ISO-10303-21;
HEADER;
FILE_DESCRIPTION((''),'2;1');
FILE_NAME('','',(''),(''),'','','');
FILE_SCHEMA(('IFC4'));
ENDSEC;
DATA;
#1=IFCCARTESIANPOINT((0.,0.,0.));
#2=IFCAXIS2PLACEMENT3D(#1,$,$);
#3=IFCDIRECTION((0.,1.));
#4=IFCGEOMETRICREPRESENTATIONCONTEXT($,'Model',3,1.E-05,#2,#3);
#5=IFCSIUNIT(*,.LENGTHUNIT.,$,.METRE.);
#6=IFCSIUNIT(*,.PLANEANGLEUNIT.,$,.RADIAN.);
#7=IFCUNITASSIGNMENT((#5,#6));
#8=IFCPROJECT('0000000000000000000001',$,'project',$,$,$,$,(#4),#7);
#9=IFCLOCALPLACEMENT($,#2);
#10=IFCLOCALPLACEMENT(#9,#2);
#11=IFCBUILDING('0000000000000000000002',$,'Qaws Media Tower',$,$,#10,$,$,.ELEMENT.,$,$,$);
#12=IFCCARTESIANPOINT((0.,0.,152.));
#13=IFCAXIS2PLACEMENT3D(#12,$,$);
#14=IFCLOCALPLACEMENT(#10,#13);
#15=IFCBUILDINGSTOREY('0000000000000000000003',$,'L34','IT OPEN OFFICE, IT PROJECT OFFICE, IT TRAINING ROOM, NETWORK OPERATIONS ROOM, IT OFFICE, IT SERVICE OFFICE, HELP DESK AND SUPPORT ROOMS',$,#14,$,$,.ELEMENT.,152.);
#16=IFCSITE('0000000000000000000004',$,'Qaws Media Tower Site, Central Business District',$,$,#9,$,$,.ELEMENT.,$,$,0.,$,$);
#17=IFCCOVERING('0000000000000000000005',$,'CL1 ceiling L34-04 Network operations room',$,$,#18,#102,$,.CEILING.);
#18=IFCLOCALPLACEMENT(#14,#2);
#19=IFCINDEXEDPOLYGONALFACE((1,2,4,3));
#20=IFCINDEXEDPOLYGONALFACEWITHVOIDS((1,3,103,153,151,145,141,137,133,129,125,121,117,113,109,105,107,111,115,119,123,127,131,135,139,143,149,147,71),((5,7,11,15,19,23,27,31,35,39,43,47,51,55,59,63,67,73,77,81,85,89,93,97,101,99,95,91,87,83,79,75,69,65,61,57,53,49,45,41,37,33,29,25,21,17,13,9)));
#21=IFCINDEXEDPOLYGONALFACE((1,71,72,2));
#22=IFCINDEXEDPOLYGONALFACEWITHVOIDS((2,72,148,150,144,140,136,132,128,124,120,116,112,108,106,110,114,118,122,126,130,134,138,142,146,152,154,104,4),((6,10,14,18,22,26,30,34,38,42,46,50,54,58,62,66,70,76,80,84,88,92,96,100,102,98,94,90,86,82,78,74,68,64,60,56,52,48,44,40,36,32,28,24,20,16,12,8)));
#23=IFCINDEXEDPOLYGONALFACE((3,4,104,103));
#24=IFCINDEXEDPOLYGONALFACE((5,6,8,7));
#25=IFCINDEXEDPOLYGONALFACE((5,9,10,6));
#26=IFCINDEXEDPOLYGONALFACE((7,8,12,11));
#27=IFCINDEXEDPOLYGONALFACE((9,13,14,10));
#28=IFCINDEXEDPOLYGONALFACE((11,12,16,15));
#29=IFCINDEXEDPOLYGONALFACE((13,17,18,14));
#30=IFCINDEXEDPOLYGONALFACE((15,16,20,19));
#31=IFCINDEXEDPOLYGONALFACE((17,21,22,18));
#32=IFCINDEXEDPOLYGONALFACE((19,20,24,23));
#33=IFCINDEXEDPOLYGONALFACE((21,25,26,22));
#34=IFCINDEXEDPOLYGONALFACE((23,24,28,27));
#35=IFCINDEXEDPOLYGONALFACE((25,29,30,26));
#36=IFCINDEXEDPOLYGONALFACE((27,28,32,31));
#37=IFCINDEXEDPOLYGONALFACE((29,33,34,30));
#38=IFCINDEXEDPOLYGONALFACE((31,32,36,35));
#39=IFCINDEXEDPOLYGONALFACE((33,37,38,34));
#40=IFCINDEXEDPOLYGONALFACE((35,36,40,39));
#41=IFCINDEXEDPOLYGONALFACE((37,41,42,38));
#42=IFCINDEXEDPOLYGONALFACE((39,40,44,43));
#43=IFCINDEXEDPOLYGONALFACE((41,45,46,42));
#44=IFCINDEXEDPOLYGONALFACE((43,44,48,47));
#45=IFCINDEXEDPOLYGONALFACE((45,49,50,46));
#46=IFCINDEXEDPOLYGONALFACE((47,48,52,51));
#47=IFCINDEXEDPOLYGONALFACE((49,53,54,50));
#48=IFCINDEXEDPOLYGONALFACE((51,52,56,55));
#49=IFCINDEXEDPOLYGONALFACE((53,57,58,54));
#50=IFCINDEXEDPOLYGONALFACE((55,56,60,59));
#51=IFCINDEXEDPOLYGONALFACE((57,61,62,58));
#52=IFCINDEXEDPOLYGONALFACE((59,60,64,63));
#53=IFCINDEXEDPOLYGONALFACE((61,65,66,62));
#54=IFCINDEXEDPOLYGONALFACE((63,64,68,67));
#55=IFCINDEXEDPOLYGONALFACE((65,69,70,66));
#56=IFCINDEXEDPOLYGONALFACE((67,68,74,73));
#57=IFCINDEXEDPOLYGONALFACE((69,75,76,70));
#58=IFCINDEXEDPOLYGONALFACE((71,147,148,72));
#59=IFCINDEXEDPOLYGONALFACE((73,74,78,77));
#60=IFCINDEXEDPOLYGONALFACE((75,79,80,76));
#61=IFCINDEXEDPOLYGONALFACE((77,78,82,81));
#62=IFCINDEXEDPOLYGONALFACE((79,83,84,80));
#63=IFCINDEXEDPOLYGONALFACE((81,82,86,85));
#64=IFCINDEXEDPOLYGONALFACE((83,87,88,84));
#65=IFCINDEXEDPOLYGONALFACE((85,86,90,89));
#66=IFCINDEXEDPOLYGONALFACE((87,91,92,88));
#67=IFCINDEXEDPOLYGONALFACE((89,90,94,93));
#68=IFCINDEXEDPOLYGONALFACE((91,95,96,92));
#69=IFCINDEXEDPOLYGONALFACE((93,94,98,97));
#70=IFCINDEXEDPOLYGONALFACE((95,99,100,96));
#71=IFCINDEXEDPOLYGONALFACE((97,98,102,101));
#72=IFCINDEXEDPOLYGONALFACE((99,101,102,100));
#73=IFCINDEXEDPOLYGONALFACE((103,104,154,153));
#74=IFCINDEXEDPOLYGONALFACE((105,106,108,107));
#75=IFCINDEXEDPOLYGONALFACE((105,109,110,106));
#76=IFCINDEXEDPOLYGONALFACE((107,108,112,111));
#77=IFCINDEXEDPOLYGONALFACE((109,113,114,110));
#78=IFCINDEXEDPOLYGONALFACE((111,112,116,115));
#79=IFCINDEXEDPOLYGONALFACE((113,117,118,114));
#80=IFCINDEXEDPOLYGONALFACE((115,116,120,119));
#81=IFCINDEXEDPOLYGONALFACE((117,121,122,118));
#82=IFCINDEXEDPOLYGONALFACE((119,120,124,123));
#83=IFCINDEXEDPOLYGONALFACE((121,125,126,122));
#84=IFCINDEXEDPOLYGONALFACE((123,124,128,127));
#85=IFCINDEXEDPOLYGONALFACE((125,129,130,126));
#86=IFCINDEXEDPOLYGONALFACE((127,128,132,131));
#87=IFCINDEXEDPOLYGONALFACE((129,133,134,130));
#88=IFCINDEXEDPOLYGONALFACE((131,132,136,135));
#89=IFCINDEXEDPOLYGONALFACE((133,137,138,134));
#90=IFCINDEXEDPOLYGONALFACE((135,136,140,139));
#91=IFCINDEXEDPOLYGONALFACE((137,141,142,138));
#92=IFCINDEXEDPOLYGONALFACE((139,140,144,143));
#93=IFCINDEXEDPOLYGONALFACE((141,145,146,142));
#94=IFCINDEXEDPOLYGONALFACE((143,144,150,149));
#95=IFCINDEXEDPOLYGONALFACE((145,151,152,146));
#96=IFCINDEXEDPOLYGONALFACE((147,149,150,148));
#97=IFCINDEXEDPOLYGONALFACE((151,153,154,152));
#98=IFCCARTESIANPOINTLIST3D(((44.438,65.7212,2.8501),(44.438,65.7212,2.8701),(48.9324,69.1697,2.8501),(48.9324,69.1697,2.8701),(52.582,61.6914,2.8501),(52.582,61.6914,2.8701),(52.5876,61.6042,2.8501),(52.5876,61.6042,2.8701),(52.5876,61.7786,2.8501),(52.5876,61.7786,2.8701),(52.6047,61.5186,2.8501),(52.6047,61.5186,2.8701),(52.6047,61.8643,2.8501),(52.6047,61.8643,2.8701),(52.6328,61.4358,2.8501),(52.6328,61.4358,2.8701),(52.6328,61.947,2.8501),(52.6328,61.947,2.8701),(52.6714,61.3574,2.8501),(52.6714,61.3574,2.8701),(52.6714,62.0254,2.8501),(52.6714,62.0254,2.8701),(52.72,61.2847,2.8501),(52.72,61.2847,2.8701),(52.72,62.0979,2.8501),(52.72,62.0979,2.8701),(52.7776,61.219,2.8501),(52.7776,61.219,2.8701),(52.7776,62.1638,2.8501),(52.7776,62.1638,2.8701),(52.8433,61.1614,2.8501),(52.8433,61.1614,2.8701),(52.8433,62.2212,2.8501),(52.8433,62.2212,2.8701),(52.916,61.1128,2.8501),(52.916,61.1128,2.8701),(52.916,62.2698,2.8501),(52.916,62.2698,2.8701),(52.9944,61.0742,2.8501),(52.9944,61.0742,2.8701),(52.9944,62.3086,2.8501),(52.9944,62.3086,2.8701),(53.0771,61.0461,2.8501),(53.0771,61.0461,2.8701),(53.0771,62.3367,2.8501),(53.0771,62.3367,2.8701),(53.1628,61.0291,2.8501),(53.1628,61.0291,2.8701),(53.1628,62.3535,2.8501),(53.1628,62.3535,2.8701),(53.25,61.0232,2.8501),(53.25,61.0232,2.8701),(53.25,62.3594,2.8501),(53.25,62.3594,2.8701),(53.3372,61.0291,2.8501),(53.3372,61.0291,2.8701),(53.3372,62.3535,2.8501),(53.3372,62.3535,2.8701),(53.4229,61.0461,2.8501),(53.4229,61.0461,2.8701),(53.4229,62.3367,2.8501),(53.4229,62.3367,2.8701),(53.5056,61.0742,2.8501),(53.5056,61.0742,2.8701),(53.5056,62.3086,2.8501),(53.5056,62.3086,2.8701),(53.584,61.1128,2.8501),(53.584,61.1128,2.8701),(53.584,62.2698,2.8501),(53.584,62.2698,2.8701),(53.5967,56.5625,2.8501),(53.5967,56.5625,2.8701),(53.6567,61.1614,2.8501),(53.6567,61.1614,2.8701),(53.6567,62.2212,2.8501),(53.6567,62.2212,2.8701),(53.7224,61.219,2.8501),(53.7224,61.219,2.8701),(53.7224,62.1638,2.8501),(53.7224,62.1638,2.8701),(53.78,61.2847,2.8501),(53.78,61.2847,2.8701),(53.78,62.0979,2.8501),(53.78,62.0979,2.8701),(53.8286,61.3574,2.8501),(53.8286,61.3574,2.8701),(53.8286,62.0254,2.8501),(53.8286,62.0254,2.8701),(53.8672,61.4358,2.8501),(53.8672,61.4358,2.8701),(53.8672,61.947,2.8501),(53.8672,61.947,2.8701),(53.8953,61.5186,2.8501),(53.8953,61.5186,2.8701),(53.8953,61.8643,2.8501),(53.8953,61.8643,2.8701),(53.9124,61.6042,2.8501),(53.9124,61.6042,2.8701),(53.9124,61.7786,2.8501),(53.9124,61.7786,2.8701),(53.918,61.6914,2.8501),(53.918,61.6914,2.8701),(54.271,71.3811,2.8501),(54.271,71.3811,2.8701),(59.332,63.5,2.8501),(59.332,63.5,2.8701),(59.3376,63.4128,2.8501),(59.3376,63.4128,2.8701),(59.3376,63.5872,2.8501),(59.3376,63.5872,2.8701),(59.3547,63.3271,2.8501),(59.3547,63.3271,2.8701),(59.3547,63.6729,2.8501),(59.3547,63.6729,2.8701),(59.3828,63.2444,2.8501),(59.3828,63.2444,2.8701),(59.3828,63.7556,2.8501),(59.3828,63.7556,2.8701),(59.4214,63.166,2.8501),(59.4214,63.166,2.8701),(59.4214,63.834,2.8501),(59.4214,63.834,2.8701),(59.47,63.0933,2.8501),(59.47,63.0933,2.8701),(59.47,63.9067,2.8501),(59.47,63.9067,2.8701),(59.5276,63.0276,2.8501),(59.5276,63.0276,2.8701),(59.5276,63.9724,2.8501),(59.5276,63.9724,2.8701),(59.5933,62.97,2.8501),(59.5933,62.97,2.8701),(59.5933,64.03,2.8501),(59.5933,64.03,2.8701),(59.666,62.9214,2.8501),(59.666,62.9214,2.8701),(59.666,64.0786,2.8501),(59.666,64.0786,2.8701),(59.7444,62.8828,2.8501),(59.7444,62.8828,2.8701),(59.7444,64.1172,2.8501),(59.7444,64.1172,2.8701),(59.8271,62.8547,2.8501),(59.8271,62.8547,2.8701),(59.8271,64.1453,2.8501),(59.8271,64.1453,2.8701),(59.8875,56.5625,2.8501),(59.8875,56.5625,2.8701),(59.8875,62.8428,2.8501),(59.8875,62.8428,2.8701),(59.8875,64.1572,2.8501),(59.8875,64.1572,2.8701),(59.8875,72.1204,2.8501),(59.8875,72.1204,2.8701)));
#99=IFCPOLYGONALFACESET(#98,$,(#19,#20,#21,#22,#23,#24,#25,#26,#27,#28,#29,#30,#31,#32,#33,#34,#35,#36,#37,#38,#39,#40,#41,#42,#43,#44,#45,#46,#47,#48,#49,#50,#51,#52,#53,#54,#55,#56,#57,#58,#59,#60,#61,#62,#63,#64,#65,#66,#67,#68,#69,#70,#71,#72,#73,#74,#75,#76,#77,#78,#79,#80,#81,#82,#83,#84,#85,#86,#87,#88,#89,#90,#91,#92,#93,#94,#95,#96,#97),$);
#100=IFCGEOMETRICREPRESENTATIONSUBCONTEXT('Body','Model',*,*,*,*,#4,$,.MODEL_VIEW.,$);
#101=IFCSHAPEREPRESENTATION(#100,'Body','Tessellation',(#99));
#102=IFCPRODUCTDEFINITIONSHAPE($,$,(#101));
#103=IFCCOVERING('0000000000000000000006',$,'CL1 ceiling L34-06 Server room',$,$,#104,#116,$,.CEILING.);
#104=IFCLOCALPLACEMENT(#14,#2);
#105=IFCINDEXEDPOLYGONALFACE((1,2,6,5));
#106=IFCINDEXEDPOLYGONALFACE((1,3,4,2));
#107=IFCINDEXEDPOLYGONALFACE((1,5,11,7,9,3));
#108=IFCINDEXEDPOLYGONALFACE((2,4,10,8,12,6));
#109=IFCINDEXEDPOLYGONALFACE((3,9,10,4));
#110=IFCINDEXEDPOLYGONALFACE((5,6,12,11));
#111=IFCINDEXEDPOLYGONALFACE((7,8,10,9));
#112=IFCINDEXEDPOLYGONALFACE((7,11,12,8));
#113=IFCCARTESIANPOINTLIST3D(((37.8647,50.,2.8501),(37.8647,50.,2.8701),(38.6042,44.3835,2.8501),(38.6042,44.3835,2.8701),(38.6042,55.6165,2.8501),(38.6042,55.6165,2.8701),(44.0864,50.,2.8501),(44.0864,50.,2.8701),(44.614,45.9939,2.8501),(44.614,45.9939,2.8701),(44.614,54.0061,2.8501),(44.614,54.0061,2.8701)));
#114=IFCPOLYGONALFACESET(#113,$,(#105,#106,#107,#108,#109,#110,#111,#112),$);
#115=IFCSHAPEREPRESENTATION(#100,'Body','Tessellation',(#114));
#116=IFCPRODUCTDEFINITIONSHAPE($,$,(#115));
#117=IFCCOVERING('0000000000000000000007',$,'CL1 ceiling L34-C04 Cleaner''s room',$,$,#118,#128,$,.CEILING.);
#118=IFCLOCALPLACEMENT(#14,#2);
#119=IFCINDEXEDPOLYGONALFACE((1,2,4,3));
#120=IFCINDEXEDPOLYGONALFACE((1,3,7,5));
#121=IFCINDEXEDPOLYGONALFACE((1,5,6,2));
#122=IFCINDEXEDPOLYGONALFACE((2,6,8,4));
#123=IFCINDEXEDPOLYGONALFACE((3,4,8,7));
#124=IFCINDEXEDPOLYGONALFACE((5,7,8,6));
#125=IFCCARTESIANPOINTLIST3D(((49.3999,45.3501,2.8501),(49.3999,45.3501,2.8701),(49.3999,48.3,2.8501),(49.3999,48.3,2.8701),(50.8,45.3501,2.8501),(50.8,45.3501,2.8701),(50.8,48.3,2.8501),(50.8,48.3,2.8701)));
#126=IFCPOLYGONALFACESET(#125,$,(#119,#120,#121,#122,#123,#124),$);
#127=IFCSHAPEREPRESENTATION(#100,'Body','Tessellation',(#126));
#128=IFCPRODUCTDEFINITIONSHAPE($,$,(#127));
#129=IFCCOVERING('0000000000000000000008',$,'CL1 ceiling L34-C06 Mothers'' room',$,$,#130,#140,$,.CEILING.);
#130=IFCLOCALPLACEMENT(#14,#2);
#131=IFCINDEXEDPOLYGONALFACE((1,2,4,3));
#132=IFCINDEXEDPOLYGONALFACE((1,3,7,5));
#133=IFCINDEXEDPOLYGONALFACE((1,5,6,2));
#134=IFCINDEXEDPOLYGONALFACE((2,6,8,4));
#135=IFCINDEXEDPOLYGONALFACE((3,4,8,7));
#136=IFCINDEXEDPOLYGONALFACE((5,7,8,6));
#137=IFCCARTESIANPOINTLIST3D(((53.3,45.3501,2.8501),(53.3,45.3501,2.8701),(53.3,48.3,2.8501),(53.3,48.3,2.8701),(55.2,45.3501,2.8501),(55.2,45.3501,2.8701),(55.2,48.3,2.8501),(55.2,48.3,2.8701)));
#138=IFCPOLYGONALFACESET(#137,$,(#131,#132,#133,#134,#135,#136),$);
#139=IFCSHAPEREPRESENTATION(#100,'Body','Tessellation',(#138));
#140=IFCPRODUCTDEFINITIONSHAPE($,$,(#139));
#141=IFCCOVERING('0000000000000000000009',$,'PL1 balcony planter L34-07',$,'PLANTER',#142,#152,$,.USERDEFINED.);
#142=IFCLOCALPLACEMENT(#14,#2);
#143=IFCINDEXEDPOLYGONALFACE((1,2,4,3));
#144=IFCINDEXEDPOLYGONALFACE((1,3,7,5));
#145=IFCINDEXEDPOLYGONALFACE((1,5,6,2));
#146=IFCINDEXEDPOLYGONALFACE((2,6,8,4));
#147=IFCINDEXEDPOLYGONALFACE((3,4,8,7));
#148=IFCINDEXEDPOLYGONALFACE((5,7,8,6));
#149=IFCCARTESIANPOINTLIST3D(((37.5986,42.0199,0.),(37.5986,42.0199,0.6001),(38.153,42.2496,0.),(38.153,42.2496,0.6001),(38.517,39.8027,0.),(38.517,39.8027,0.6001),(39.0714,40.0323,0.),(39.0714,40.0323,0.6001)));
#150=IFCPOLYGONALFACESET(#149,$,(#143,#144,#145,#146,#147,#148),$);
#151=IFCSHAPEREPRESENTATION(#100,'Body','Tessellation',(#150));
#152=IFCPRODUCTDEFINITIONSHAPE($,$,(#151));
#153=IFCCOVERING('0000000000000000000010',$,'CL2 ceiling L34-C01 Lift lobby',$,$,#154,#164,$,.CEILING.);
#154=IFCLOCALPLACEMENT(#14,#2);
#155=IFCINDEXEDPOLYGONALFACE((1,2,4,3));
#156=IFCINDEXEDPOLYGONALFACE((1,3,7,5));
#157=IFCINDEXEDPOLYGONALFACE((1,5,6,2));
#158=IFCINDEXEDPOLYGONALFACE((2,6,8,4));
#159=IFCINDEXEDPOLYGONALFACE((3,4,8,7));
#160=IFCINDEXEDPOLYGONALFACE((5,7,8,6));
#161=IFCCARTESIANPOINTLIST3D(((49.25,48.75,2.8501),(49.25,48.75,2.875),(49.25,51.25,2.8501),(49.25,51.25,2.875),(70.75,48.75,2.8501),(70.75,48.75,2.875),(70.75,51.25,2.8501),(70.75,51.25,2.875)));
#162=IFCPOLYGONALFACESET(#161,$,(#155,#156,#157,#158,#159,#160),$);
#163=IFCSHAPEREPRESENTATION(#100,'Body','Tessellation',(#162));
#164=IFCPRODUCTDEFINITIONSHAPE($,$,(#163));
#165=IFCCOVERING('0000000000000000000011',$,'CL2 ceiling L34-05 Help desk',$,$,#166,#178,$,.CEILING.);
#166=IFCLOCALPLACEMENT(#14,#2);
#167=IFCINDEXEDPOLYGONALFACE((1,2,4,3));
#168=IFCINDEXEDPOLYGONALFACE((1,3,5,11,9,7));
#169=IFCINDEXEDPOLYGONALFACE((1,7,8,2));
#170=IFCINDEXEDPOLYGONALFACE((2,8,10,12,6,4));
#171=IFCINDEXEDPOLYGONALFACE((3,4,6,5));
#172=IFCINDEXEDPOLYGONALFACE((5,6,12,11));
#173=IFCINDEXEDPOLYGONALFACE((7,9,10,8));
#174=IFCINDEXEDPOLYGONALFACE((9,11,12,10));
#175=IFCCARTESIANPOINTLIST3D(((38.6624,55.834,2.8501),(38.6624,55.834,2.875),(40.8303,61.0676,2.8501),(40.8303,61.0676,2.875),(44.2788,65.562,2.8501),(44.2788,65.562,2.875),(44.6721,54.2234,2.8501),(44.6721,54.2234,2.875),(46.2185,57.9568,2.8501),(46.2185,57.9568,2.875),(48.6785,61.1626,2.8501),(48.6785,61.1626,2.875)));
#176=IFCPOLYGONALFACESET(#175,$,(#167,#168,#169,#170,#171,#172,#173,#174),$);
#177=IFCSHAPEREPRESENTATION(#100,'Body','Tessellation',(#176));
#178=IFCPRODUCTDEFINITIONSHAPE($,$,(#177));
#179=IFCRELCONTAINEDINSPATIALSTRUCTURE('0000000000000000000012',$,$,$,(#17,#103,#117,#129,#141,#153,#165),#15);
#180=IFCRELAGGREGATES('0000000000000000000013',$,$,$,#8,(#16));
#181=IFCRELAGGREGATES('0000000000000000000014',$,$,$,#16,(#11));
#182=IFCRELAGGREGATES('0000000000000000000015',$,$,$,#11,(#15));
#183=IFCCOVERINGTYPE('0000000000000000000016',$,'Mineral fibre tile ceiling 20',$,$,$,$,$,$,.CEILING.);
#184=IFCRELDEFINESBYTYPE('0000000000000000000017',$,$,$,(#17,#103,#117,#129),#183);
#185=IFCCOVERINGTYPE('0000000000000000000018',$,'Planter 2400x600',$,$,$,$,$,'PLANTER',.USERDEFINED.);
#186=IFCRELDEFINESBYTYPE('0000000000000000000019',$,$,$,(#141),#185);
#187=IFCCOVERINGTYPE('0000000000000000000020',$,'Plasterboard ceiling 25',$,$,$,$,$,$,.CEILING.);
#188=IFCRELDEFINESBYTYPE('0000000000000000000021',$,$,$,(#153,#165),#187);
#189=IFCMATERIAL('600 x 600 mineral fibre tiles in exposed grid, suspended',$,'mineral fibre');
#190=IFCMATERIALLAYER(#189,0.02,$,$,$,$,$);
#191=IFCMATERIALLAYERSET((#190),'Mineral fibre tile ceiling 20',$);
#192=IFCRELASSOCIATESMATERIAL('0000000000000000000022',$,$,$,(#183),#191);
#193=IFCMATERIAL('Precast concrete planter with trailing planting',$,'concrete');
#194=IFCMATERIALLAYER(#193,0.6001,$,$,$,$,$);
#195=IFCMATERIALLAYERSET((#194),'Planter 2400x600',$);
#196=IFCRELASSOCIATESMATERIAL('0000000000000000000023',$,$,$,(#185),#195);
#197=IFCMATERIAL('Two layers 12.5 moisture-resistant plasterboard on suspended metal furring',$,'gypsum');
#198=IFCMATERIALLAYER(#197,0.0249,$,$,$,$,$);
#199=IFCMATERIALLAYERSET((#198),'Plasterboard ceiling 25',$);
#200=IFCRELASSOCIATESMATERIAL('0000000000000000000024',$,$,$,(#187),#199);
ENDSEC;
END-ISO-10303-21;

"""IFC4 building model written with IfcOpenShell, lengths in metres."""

from ifc_helpers import new_model, si_unit, direction, frame, origin, origin_2d, place, context, subcontext, project, spatial, polyline, rectangle, outline, extrude, material, layer, layer_set, type_object, element, save


model = new_model("IFC4")

# Units and contexts
model_context = context("Model", 3, precision=1e-05, world=origin(), true_north=direction((0.0, 1.0)))
body_context = subcontext(model_context, "Body", "Model", "MODEL_VIEW")
ifc_project = project(units=[si_unit("LENGTHUNIT", "METRE"), si_unit("PLANEANGLEUNIT", "RADIAN")], contexts=[model_context])

# Site, building, storey
site_placement = place(None, origin())
site = spatial("IfcSite", under=ifc_project, at=site_placement, Name="Qaws Media Tower Site, Central Business District", CompositionType="ELEMENT", RefElevation=0.0)
building_placement = place(site_placement, origin())
building = spatial("IfcBuilding", under=site, at=building_placement, Name="Qaws Media Tower", CompositionType="ELEMENT")
storey_placement = place(building_placement, frame((0.0, 0.0, 152.0)))
storey = spatial("IfcBuildingStorey", under=building, at=storey_placement, Name="L34", Description="IT OPEN OFFICE, IT PROJECT OFFICE, IT TRAINING ROOM, NETWORK OPERATIONS ROOM, IT OFFICE, IT SERVICE OFFICE, HELP DESK AND SUPPORT ROOMS", CompositionType="ELEMENT", Elevation=152.0)

# Coverings
ifc_material_1 = material(Name="600 x 600 mineral fibre tiles in exposed grid, suspended", Category="mineral fibre")
ifc_layer_1 = layer(ifc_material_1, 0.02)
ifc_layer_set_1 = layer_set([ifc_layer_1], Name="Mineral fibre tile ceiling 20")
covering_type_1 = type_object("IfcCoveringType", Name="Mineral fibre tile ceiling 20", PredefinedType="CEILING", material=ifc_layer_set_1)
covering_1_placement = place(storey_placement, frame((0.0, 0.0, 2.8501)))
element("IfcCovering", 1, at=covering_1_placement, inside=storey, type_object=covering_type_1, Name="CL1 ceiling L34-04 Network operations room", PredefinedType="CEILING", context=body_context, shape_type="SweptSolid", body=[
    extrude(outline(polyline([(48.9324, 69.1697), (54.271, 71.3811), (59.8875, 72.1204), (59.8875, 64.1572), (59.8271, 64.1453), (59.7444, 64.1172), (59.666, 64.0786), (59.5933, 64.03), (59.5276, 63.9724), (59.47, 63.9067), (59.4214, 63.834), (59.3828, 63.7556), (59.3547, 63.6729), (59.3376, 63.5872), (59.332, 63.5), (59.3376, 63.4128), (59.3547, 63.3271), (59.3828, 63.2444), (59.4214, 63.166), (59.47, 63.0933), (59.5276, 63.0276), (59.5933, 62.97), (59.666, 62.9214), (59.7444, 62.8828), (59.8271, 62.8547), (59.8875, 62.8428), (59.8875, 56.5625), (53.5967, 56.5625), (44.438, 65.7212), (48.9324, 69.1697)]), holes=[polyline([(53.8672, 61.4358), (53.8953, 61.5186), (53.9124, 61.6042), (53.918, 61.6914), (53.9124, 61.7786), (53.8953, 61.8643), (53.8672, 61.947), (53.8286, 62.0254), (53.78, 62.0979), (53.7224, 62.1638), (53.6567, 62.2212), (53.584, 62.2698), (53.5056, 62.3086), (53.4229, 62.3367), (53.3372, 62.3535), (53.25, 62.3594), (53.1628, 62.3535), (53.0771, 62.3367), (52.9944, 62.3086), (52.916, 62.2698), (52.8433, 62.2212), (52.7776, 62.1638), (52.72, 62.0979), (52.6714, 62.0254), (52.6328, 61.947), (52.6047, 61.8643), (52.5876, 61.7786), (52.582, 61.6914), (52.5876, 61.6042), (52.6047, 61.5186), (52.6328, 61.4358), (52.6714, 61.3574), (52.72, 61.2847), (52.7776, 61.219), (52.8433, 61.1614), (52.916, 61.1128), (52.9944, 61.0742), (53.0771, 61.0461), (53.1628, 61.0291), (53.25, 61.0232), (53.3372, 61.0291), (53.4229, 61.0461), (53.5056, 61.0742), (53.584, 61.1128), (53.6567, 61.1614), (53.7224, 61.219), (53.78, 61.2847), (53.8286, 61.3574), (53.8672, 61.4358)])]), origin(), (0.0, 0.0, 1.0), 0.02),
])
covering_2_placement = place(storey_placement, frame((0.0, 0.0, 2.8501)))
element("IfcCovering", 2, at=covering_2_placement, inside=storey, type_object=covering_type_1, Name="CL1 ceiling L34-06 Server room", PredefinedType="CEILING", context=body_context, shape_type="SweptSolid", body=[
    extrude(outline(polyline([(37.8647, 50.0), (38.6042, 55.6165), (44.614, 54.0061), (44.0864, 50.0), (44.614, 45.9939), (38.6042, 44.3835), (37.8647, 50.0)])), origin(), (0.0, 0.0, 1.0), 0.02),
])
covering_3_placement = place(storey_placement, frame((0.0, 0.0, 2.8501)))
element("IfcCovering", 3, at=covering_3_placement, inside=storey, type_object=covering_type_1, Name="CL1 ceiling L34-C04 Cleaner's room", PredefinedType="CEILING", context=body_context, shape_type="SweptSolid", body=[
    extrude(outline(polyline([(49.3999, 45.3501), (49.3999, 48.3), (50.8, 48.3), (50.8, 45.3501), (49.3999, 45.3501)])), origin(), (0.0, 0.0, 1.0), 0.02),
])
covering_4_placement = place(storey_placement, frame((0.0, 0.0, 2.8501)))
element("IfcCovering", 4, at=covering_4_placement, inside=storey, type_object=covering_type_1, Name="CL1 ceiling L34-C06 Mothers' room", PredefinedType="CEILING", context=body_context, shape_type="SweptSolid", body=[
    extrude(outline(polyline([(53.3, 45.3501), (53.3, 48.3), (55.2, 48.3), (55.2, 45.3501), (53.3, 45.3501)])), origin(), (0.0, 0.0, 1.0), 0.02),
])
ifc_material_2 = material(Name="Precast concrete planter with trailing planting", Category="concrete")
ifc_layer_2 = layer(ifc_material_2, 0.6001)
ifc_layer_set_2 = layer_set([ifc_layer_2], Name="Planter 2400x600")
covering_type_2 = type_object("IfcCoveringType", Name="Planter 2400x600", ElementType="PLANTER", PredefinedType="USERDEFINED", material=ifc_layer_set_2)
covering_5_placement = place(storey_placement, frame((38.335, 41.0261, 0.0), z_axis=(0.0, 0.0, 1.0), x_axis=(0.382683, -0.92388, 0.0)))
element("IfcCovering", 5, at=covering_5_placement, inside=storey, type_object=covering_type_2, Name="PL1 balcony planter L34-07", ObjectType="PLANTER", PredefinedType="USERDEFINED", context=body_context, shape_type="SweptSolid", body=[
    extrude(rectangle(XDim=2.3999, YDim=0.6001, at=origin_2d()), origin(), (0.0, 0.0, 1.0), 0.6001),
])
ifc_material_3 = material(Name="Two layers 12.5 moisture-resistant plasterboard on suspended metal furring", Category="gypsum")
ifc_layer_3 = layer(ifc_material_3, 0.0249)
ifc_layer_set_3 = layer_set([ifc_layer_3], Name="Plasterboard ceiling 25")
covering_type_3 = type_object("IfcCoveringType", Name="Plasterboard ceiling 25", PredefinedType="CEILING", material=ifc_layer_set_3)
covering_6_placement = place(storey_placement, frame((0.0, 0.0, 2.8501)))
element("IfcCovering", 6, at=covering_6_placement, inside=storey, type_object=covering_type_3, Name="CL2 ceiling L34-C01 Lift lobby", PredefinedType="CEILING", context=body_context, shape_type="SweptSolid", body=[
    extrude(outline(polyline([(49.25, 48.75), (49.25, 51.25), (70.75, 51.25), (70.75, 48.75), (49.25, 48.75)])), origin(), (0.0, 0.0, 1.0), 0.0249),
])
covering_7_placement = place(storey_placement, frame((0.0, 0.0, 2.8501)))
element("IfcCovering", 7, at=covering_7_placement, inside=storey, type_object=covering_type_3, Name="CL2 ceiling L34-05 Help desk", PredefinedType="CEILING", context=body_context, shape_type="SweptSolid", body=[
    extrude(outline(polyline([(40.8303, 61.0676), (44.2788, 65.562), (48.6785, 61.1626), (46.2185, 57.9568), (44.6721, 54.2234), (38.6624, 55.834), (40.8303, 61.0676)])), origin(), (0.0, 0.0, 1.0), 0.0249),
])

save(model, "model.ifc")
